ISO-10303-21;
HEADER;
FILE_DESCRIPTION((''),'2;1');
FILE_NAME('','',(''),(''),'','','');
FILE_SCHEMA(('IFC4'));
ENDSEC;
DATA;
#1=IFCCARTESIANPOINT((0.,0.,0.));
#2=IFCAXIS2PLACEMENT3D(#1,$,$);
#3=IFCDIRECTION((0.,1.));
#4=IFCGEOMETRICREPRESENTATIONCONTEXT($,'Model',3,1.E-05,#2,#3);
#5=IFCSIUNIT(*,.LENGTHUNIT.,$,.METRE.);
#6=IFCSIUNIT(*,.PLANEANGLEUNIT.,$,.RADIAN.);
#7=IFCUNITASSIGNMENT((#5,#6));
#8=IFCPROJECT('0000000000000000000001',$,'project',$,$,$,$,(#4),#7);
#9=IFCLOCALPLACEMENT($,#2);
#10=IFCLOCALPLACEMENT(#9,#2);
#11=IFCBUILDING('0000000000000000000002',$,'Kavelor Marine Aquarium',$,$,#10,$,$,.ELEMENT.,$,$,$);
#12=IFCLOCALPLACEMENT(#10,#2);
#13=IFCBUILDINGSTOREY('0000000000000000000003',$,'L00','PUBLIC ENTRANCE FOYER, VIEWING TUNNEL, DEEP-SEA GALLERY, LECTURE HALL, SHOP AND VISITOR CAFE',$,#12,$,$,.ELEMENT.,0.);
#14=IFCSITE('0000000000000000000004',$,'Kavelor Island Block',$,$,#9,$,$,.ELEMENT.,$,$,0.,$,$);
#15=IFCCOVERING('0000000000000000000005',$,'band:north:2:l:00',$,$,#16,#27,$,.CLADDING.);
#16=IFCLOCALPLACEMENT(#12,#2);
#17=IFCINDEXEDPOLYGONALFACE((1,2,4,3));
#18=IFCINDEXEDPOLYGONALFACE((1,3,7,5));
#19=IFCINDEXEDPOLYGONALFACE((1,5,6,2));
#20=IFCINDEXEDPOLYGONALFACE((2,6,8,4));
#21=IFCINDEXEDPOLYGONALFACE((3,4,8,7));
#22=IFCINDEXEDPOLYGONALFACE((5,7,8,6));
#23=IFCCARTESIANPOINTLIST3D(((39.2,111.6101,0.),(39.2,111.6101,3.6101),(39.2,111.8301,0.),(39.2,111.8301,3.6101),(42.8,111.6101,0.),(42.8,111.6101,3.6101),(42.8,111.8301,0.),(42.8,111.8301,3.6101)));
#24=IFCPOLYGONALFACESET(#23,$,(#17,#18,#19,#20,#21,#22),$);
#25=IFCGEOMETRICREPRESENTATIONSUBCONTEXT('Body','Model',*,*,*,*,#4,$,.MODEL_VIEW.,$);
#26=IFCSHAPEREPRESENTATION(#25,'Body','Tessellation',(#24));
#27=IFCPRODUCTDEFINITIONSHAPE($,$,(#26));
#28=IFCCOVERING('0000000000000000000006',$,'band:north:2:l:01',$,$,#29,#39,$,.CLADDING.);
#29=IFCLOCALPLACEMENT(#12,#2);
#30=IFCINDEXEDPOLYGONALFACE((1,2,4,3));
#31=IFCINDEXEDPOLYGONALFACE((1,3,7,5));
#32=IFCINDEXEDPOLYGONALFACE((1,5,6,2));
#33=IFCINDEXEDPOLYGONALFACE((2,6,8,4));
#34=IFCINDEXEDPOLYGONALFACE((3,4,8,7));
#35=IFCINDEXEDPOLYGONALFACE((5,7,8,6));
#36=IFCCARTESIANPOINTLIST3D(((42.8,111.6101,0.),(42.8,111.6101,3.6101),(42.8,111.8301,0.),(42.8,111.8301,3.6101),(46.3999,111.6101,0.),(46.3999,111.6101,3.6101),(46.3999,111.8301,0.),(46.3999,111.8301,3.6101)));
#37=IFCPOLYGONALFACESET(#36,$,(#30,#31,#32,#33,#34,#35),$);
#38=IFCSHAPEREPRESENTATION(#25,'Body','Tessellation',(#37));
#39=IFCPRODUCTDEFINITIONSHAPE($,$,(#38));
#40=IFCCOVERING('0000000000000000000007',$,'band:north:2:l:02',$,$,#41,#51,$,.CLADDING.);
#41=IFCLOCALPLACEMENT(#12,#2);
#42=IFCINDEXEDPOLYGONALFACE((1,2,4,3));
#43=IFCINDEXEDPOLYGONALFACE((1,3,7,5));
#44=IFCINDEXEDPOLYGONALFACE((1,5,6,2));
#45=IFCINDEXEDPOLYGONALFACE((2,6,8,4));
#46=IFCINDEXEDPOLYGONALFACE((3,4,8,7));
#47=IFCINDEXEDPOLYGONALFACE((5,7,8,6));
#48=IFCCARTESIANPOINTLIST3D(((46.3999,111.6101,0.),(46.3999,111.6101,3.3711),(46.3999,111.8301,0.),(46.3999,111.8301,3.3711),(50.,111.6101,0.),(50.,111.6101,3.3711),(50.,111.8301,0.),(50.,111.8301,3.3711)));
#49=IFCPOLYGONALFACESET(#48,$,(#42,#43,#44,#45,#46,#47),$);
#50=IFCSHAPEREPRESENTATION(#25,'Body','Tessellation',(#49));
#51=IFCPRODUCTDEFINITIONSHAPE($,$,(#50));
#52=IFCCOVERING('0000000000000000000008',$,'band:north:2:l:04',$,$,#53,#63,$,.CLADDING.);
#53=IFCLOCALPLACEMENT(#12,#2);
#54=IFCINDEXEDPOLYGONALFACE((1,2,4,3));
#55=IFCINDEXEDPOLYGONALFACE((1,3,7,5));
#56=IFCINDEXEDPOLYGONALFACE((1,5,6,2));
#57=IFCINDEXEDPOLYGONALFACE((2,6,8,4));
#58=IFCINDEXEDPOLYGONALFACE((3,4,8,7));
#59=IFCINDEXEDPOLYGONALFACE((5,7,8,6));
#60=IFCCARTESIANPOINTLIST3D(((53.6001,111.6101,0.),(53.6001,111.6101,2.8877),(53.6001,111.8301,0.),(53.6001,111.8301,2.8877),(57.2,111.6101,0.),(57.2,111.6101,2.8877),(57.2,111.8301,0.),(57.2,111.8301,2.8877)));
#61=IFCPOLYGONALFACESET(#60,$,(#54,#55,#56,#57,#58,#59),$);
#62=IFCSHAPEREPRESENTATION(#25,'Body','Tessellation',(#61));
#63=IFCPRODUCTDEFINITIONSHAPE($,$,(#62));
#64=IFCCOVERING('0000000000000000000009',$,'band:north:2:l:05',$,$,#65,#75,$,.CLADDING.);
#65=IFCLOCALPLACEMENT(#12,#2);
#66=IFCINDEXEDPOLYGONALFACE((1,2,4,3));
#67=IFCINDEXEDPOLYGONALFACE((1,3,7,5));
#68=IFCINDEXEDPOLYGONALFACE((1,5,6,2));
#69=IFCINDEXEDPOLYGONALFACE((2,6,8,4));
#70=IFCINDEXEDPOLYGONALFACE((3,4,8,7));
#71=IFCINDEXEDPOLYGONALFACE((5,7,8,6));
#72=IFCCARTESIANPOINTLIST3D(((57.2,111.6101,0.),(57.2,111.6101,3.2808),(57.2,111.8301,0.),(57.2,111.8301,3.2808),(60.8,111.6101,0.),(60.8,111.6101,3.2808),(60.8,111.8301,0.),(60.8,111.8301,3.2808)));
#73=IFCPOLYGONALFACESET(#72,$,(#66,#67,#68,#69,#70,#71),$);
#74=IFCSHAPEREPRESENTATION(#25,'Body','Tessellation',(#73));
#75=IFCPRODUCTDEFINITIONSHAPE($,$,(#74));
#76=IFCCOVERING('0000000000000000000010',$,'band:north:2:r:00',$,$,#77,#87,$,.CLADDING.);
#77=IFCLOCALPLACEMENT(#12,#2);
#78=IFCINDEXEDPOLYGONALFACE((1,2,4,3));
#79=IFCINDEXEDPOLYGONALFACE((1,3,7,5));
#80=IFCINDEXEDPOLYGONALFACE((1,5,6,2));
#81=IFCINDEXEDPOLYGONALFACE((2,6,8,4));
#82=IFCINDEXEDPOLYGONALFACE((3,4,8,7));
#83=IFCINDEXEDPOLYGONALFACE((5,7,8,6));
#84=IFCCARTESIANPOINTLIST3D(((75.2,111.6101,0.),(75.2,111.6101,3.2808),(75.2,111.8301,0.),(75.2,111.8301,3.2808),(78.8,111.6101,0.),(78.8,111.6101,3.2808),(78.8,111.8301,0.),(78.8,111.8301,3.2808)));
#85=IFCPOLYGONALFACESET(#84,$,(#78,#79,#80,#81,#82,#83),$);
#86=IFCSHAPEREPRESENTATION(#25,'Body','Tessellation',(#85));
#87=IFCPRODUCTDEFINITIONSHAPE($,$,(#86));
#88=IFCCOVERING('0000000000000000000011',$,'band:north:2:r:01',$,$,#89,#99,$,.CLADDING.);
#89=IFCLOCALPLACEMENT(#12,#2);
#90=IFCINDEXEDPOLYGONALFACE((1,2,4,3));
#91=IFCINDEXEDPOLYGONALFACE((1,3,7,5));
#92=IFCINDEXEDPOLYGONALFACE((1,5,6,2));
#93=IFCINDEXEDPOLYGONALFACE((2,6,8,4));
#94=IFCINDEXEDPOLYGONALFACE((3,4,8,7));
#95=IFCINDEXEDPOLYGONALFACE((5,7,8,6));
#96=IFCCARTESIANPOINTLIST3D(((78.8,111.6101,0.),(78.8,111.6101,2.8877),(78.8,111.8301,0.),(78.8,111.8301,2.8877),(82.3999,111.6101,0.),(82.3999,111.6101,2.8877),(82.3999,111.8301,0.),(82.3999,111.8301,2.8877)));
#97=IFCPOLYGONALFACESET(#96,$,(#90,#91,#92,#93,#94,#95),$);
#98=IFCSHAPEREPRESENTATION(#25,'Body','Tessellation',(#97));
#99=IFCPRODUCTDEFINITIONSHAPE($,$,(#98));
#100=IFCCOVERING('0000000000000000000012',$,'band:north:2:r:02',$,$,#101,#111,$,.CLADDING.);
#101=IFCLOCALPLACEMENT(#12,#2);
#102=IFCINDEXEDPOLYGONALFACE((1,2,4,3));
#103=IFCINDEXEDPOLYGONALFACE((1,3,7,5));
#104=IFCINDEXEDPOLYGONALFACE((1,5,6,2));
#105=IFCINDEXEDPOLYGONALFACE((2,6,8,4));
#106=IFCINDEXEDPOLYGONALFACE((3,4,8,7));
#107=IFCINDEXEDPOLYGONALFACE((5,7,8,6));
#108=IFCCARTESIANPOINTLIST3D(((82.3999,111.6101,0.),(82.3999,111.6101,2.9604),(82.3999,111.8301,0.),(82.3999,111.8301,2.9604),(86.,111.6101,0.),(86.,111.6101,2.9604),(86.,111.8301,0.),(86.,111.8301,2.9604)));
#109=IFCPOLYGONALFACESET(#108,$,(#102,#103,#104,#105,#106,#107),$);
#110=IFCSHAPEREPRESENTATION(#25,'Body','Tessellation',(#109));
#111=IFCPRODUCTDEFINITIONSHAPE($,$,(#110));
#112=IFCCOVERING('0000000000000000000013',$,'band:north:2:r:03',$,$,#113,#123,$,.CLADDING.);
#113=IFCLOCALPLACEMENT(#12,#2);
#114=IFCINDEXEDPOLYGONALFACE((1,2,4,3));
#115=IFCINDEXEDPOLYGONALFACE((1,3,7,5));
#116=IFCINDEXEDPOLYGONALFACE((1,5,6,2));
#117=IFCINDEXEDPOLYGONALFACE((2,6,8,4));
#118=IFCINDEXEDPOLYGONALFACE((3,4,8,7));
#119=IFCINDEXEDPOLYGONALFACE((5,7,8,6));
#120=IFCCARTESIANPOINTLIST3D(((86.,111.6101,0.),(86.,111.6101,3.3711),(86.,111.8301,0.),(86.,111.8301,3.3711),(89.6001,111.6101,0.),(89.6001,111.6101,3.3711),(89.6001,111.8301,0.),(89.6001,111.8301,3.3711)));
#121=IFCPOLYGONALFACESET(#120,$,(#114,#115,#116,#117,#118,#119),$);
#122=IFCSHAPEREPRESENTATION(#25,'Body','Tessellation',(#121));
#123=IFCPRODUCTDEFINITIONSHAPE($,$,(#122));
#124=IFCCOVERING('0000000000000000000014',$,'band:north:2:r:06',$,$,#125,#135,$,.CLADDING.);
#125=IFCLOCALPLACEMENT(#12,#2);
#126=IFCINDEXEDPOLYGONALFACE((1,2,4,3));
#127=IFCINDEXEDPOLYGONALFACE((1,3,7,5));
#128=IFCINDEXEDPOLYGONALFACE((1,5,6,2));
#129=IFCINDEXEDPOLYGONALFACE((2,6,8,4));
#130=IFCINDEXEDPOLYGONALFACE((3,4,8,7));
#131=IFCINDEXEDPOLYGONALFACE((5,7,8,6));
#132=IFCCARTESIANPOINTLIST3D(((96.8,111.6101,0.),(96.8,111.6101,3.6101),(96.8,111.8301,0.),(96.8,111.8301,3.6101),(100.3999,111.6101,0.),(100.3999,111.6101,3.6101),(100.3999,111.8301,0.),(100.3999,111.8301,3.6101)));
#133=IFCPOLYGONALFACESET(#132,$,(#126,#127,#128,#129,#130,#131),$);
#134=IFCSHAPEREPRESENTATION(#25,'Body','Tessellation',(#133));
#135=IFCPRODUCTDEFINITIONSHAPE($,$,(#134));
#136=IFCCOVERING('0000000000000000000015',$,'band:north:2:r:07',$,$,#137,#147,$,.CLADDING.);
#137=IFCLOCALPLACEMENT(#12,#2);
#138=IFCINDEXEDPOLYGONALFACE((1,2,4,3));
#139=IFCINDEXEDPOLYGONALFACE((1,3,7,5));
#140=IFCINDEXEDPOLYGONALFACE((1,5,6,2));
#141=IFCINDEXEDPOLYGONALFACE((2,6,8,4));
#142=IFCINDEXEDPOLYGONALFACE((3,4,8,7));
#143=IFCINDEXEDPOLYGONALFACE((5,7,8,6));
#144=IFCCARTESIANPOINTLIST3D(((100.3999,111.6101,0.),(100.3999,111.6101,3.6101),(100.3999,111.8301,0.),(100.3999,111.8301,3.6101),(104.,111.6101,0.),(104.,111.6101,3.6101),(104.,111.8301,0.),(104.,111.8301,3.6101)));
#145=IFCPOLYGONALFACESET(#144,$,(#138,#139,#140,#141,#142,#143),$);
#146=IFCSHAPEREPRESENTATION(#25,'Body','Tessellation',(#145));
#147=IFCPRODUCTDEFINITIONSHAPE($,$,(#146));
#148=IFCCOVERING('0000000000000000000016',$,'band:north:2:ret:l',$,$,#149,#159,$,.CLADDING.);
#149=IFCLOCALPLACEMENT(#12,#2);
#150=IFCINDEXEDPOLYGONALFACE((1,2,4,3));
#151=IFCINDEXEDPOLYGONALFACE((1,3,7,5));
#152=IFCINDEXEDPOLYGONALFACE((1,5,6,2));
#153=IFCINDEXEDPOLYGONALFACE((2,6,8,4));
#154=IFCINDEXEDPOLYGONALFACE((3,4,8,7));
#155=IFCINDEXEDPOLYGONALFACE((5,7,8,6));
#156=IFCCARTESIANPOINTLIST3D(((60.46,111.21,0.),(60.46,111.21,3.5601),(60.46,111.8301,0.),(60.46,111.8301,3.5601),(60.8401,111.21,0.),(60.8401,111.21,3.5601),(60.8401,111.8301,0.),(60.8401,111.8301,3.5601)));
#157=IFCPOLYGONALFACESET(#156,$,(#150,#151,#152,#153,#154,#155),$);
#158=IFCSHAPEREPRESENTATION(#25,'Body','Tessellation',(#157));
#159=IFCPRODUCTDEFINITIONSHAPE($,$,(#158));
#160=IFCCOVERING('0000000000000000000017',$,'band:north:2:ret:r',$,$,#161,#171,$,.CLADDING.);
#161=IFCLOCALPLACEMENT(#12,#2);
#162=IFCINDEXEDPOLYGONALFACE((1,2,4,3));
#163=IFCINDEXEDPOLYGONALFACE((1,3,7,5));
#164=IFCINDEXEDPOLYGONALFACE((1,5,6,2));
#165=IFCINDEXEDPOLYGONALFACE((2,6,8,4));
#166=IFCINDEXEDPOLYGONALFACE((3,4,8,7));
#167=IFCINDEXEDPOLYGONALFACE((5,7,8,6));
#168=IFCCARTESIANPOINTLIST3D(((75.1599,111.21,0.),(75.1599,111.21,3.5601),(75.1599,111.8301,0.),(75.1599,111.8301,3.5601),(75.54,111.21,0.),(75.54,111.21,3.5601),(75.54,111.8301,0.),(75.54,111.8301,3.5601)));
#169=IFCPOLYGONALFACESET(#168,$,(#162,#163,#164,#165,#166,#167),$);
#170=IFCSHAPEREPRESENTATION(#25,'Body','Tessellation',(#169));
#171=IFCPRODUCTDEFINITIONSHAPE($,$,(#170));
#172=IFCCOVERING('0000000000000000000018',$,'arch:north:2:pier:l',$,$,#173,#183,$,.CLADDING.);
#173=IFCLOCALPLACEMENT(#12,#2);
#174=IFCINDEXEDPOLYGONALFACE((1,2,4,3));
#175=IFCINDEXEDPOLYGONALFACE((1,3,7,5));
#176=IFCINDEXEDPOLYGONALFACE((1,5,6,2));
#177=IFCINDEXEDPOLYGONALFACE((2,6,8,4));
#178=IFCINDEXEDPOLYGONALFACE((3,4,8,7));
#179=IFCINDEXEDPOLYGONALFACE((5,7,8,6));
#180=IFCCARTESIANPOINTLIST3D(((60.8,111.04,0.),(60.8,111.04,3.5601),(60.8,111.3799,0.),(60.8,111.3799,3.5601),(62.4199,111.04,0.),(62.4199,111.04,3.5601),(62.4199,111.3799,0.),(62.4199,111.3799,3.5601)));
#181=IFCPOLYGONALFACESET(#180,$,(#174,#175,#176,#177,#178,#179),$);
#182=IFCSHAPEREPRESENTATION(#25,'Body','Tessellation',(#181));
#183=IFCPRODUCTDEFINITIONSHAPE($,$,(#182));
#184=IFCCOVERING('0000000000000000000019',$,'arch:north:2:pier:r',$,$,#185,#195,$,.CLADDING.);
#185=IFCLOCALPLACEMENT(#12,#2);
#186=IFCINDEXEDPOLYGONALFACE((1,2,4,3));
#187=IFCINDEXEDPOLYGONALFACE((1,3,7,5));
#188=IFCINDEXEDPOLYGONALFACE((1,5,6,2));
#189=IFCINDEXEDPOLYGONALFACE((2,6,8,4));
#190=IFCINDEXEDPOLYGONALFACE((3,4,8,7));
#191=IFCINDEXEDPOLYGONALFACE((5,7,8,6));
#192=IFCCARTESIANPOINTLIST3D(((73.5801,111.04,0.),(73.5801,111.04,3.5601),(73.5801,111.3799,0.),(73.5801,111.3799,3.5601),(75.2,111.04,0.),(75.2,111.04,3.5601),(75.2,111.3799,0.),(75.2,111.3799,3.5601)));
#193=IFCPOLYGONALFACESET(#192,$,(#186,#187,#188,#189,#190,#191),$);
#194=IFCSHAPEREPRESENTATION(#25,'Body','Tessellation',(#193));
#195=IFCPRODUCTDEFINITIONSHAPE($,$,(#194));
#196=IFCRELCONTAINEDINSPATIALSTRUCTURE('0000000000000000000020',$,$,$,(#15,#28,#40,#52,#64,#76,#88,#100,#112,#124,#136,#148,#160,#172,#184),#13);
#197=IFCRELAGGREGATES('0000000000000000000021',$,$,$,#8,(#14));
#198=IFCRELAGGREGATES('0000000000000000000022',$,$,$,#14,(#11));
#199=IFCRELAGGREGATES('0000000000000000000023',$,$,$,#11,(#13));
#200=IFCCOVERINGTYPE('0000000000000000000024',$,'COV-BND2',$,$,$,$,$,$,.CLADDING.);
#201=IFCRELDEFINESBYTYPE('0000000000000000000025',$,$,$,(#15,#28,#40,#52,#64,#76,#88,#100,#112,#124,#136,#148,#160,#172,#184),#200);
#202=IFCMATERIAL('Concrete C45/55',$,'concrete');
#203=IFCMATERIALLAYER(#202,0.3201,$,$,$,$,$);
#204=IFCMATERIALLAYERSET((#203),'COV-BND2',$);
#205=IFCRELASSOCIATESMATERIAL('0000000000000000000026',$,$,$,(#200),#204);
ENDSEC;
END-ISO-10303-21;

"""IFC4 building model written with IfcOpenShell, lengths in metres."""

from ifc_helpers import new_model, si_unit, direction, origin, place, context, subcontext, project, spatial, polyline, outline, extrude, material, layer, layer_set, type_object, element, save


model = new_model("IFC4")

# Units and contexts
model_context = context("Model", 3, precision=1e-05, world=origin(), true_north=direction((0.0, 1.0)))
body_context = subcontext(model_context, "Body", "Model", "MODEL_VIEW")
ifc_project = project(units=[si_unit("LENGTHUNIT", "METRE"), si_unit("PLANEANGLEUNIT", "RADIAN")], contexts=[model_context])

# Site, building, storey
site_placement = place(None, origin())
site = spatial("IfcSite", under=ifc_project, at=site_placement, Name="Kavelor Island Block", CompositionType="ELEMENT", RefElevation=0.0)
building_placement = place(site_placement, origin())
building = spatial("IfcBuilding", under=site, at=building_placement, Name="Kavelor Marine Aquarium", CompositionType="ELEMENT")
storey_placement = place(building_placement, origin())
storey = spatial("IfcBuildingStorey", under=building, at=storey_placement, Name="L00", Description="PUBLIC ENTRANCE FOYER, VIEWING TUNNEL, DEEP-SEA GALLERY, LECTURE HALL, SHOP AND VISITOR CAFE", CompositionType="ELEMENT", Elevation=0.0)

# Coverings
ifc_material_1 = material(Name="Concrete C45/55", Category="concrete")
ifc_layer_1 = layer(ifc_material_1, 0.3201)
ifc_layer_set_1 = layer_set([ifc_layer_1], Name="COV-BND2")
covering_type_1 = type_object("IfcCoveringType", Name="COV-BND2", PredefinedType="CLADDING", material=ifc_layer_set_1)
covering_1_placement = place(storey_placement, origin())
element("IfcCovering", 1, at=covering_1_placement, inside=storey, type_object=covering_type_1, Name="band:north:2:l:00", PredefinedType="CLADDING", context=body_context, shape_type="SweptSolid", body=[
    extrude(outline(polyline([(39.2, 111.6101), (42.8, 111.6101), (42.8, 111.8301), (39.2, 111.8301), (39.2, 111.6101)])), origin(), (0.0, 0.0, 1.0), 3.6101),
])
covering_2_placement = place(storey_placement, origin())
element("IfcCovering", 2, at=covering_2_placement, inside=storey, type_object=covering_type_1, Name="band:north:2:l:01", PredefinedType="CLADDING", context=body_context, shape_type="SweptSolid", body=[
    extrude(outline(polyline([(42.8, 111.6101), (46.3999, 111.6101), (46.3999, 111.8301), (42.8, 111.8301), (42.8, 111.6101)])), origin(), (0.0, 0.0, 1.0), 3.6101),
])
covering_3_placement = place(storey_placement, origin())
element("IfcCovering", 3, at=covering_3_placement, inside=storey, type_object=covering_type_1, Name="band:north:2:l:02", PredefinedType="CLADDING", context=body_context, shape_type="SweptSolid", body=[
    extrude(outline(polyline([(46.3999, 111.6101), (50.0, 111.6101), (50.0, 111.8301), (46.3999, 111.8301), (46.3999, 111.6101)])), origin(), (0.0, 0.0, 1.0), 3.3711),
])
covering_4_placement = place(storey_placement, origin())
element("IfcCovering", 4, at=covering_4_placement, inside=storey, type_object=covering_type_1, Name="band:north:2:l:04", PredefinedType="CLADDING", context=body_context, shape_type="SweptSolid", body=[
    extrude(outline(polyline([(53.6001, 111.6101), (57.2, 111.6101), (57.2, 111.8301), (53.6001, 111.8301), (53.6001, 111.6101)])), origin(), (0.0, 0.0, 1.0), 2.8877),
])
covering_5_placement = place(storey_placement, origin())
element("IfcCovering", 5, at=covering_5_placement, inside=storey, type_object=covering_type_1, Name="band:north:2:l:05", PredefinedType="CLADDING", context=body_context, shape_type="SweptSolid", body=[
    extrude(outline(polyline([(57.2, 111.6101), (60.8, 111.6101), (60.8, 111.8301), (57.2, 111.8301), (57.2, 111.6101)])), origin(), (0.0, 0.0, 1.0), 3.2808),
])
covering_6_placement = place(storey_placement, origin())
element("IfcCovering", 6, at=covering_6_placement, inside=storey, type_object=covering_type_1, Name="band:north:2:r:00", PredefinedType="CLADDING", context=body_context, shape_type="SweptSolid", body=[
    extrude(outline(polyline([(75.2, 111.6101), (78.8, 111.6101), (78.8, 111.8301), (75.2, 111.8301), (75.2, 111.6101)])), origin(), (0.0, 0.0, 1.0), 3.2808),
])
covering_7_placement = place(storey_placement, origin())
element("IfcCovering", 7, at=covering_7_placement, inside=storey, type_object=covering_type_1, Name="band:north:2:r:01", PredefinedType="CLADDING", context=body_context, shape_type="SweptSolid", body=[
    extrude(outline(polyline([(78.8, 111.6101), (82.3999, 111.6101), (82.3999, 111.8301), (78.8, 111.8301), (78.8, 111.6101)])), origin(), (0.0, 0.0, 1.0), 2.8877),
])
covering_8_placement = place(storey_placement, origin())
element("IfcCovering", 8, at=covering_8_placement, inside=storey, type_object=covering_type_1, Name="band:north:2:r:02", PredefinedType="CLADDING", context=body_context, shape_type="SweptSolid", body=[
    extrude(outline(polyline([(82.3999, 111.6101), (86.0, 111.6101), (86.0, 111.8301), (82.3999, 111.8301), (82.3999, 111.6101)])), origin(), (0.0, 0.0, 1.0), 2.9604),
])
covering_9_placement = place(storey_placement, origin())
element("IfcCovering", 9, at=covering_9_placement, inside=storey, type_object=covering_type_1, Name="band:north:2:r:03", PredefinedType="CLADDING", context=body_context, shape_type="SweptSolid", body=[
    extrude(outline(polyline([(86.0, 111.6101), (89.6001, 111.6101), (89.6001, 111.8301), (86.0, 111.8301), (86.0, 111.6101)])), origin(), (0.0, 0.0, 1.0), 3.3711),
])
covering_10_placement = place(storey_placement, origin())
element("IfcCovering", 10, at=covering_10_placement, inside=storey, type_object=covering_type_1, Name="band:north:2:r:06", PredefinedType="CLADDING", context=body_context, shape_type="SweptSolid", body=[
    extrude(outline(polyline([(96.8, 111.6101), (100.3999, 111.6101), (100.3999, 111.8301), (96.8, 111.8301), (96.8, 111.6101)])), origin(), (0.0, 0.0, 1.0), 3.6101),
])
covering_11_placement = place(storey_placement, origin())
element("IfcCovering", 11, at=covering_11_placement, inside=storey, type_object=covering_type_1, Name="band:north:2:r:07", PredefinedType="CLADDING", context=body_context, shape_type="SweptSolid", body=[
    extrude(outline(polyline([(100.3999, 111.6101), (104.0, 111.6101), (104.0, 111.8301), (100.3999, 111.8301), (100.3999, 111.6101)])), origin(), (0.0, 0.0, 1.0), 3.6101),
])
covering_12_placement = place(storey_placement, origin())
element("IfcCovering", 12, at=covering_12_placement, inside=storey, type_object=covering_type_1, Name="band:north:2:ret:l", PredefinedType="CLADDING", context=body_context, shape_type="SweptSolid", body=[
    extrude(outline(polyline([(60.46, 111.21), (60.8401, 111.21), (60.8401, 111.8301), (60.46, 111.8301), (60.46, 111.21)])), origin(), (0.0, 0.0, 1.0), 3.5601),
])
covering_13_placement = place(storey_placement, origin())
element("IfcCovering", 13, at=covering_13_placement, inside=storey, type_object=covering_type_1, Name="band:north:2:ret:r", PredefinedType="CLADDING", context=body_context, shape_type="SweptSolid", body=[
    extrude(outline(polyline([(75.1599, 111.21), (75.54, 111.21), (75.54, 111.8301), (75.1599, 111.8301), (75.1599, 111.21)])), origin(), (0.0, 0.0, 1.0), 3.5601),
])
covering_14_placement = place(storey_placement, origin())
element("IfcCovering", 14, at=covering_14_placement, inside=storey, type_object=covering_type_1, Name="arch:north:2:pier:l", PredefinedType="CLADDING", context=body_context, shape_type="SweptSolid", body=[
    extrude(outline(polyline([(60.8, 111.04), (62.4199, 111.04), (62.4199, 111.3799), (60.8, 111.3799), (60.8, 111.04)])), origin(), (0.0, 0.0, 1.0), 3.5601),
])
covering_15_placement = place(storey_placement, origin())
element("IfcCovering", 15, at=covering_15_placement, inside=storey, type_object=covering_type_1, Name="arch:north:2:pier:r", PredefinedType="CLADDING", context=body_context, shape_type="SweptSolid", body=[
    extrude(outline(polyline([(73.5801, 111.04), (75.2, 111.04), (75.2, 111.3799), (73.5801, 111.3799), (73.5801, 111.04)])), origin(), (0.0, 0.0, 1.0), 3.5601),
])

save(model, "model.ifc")
